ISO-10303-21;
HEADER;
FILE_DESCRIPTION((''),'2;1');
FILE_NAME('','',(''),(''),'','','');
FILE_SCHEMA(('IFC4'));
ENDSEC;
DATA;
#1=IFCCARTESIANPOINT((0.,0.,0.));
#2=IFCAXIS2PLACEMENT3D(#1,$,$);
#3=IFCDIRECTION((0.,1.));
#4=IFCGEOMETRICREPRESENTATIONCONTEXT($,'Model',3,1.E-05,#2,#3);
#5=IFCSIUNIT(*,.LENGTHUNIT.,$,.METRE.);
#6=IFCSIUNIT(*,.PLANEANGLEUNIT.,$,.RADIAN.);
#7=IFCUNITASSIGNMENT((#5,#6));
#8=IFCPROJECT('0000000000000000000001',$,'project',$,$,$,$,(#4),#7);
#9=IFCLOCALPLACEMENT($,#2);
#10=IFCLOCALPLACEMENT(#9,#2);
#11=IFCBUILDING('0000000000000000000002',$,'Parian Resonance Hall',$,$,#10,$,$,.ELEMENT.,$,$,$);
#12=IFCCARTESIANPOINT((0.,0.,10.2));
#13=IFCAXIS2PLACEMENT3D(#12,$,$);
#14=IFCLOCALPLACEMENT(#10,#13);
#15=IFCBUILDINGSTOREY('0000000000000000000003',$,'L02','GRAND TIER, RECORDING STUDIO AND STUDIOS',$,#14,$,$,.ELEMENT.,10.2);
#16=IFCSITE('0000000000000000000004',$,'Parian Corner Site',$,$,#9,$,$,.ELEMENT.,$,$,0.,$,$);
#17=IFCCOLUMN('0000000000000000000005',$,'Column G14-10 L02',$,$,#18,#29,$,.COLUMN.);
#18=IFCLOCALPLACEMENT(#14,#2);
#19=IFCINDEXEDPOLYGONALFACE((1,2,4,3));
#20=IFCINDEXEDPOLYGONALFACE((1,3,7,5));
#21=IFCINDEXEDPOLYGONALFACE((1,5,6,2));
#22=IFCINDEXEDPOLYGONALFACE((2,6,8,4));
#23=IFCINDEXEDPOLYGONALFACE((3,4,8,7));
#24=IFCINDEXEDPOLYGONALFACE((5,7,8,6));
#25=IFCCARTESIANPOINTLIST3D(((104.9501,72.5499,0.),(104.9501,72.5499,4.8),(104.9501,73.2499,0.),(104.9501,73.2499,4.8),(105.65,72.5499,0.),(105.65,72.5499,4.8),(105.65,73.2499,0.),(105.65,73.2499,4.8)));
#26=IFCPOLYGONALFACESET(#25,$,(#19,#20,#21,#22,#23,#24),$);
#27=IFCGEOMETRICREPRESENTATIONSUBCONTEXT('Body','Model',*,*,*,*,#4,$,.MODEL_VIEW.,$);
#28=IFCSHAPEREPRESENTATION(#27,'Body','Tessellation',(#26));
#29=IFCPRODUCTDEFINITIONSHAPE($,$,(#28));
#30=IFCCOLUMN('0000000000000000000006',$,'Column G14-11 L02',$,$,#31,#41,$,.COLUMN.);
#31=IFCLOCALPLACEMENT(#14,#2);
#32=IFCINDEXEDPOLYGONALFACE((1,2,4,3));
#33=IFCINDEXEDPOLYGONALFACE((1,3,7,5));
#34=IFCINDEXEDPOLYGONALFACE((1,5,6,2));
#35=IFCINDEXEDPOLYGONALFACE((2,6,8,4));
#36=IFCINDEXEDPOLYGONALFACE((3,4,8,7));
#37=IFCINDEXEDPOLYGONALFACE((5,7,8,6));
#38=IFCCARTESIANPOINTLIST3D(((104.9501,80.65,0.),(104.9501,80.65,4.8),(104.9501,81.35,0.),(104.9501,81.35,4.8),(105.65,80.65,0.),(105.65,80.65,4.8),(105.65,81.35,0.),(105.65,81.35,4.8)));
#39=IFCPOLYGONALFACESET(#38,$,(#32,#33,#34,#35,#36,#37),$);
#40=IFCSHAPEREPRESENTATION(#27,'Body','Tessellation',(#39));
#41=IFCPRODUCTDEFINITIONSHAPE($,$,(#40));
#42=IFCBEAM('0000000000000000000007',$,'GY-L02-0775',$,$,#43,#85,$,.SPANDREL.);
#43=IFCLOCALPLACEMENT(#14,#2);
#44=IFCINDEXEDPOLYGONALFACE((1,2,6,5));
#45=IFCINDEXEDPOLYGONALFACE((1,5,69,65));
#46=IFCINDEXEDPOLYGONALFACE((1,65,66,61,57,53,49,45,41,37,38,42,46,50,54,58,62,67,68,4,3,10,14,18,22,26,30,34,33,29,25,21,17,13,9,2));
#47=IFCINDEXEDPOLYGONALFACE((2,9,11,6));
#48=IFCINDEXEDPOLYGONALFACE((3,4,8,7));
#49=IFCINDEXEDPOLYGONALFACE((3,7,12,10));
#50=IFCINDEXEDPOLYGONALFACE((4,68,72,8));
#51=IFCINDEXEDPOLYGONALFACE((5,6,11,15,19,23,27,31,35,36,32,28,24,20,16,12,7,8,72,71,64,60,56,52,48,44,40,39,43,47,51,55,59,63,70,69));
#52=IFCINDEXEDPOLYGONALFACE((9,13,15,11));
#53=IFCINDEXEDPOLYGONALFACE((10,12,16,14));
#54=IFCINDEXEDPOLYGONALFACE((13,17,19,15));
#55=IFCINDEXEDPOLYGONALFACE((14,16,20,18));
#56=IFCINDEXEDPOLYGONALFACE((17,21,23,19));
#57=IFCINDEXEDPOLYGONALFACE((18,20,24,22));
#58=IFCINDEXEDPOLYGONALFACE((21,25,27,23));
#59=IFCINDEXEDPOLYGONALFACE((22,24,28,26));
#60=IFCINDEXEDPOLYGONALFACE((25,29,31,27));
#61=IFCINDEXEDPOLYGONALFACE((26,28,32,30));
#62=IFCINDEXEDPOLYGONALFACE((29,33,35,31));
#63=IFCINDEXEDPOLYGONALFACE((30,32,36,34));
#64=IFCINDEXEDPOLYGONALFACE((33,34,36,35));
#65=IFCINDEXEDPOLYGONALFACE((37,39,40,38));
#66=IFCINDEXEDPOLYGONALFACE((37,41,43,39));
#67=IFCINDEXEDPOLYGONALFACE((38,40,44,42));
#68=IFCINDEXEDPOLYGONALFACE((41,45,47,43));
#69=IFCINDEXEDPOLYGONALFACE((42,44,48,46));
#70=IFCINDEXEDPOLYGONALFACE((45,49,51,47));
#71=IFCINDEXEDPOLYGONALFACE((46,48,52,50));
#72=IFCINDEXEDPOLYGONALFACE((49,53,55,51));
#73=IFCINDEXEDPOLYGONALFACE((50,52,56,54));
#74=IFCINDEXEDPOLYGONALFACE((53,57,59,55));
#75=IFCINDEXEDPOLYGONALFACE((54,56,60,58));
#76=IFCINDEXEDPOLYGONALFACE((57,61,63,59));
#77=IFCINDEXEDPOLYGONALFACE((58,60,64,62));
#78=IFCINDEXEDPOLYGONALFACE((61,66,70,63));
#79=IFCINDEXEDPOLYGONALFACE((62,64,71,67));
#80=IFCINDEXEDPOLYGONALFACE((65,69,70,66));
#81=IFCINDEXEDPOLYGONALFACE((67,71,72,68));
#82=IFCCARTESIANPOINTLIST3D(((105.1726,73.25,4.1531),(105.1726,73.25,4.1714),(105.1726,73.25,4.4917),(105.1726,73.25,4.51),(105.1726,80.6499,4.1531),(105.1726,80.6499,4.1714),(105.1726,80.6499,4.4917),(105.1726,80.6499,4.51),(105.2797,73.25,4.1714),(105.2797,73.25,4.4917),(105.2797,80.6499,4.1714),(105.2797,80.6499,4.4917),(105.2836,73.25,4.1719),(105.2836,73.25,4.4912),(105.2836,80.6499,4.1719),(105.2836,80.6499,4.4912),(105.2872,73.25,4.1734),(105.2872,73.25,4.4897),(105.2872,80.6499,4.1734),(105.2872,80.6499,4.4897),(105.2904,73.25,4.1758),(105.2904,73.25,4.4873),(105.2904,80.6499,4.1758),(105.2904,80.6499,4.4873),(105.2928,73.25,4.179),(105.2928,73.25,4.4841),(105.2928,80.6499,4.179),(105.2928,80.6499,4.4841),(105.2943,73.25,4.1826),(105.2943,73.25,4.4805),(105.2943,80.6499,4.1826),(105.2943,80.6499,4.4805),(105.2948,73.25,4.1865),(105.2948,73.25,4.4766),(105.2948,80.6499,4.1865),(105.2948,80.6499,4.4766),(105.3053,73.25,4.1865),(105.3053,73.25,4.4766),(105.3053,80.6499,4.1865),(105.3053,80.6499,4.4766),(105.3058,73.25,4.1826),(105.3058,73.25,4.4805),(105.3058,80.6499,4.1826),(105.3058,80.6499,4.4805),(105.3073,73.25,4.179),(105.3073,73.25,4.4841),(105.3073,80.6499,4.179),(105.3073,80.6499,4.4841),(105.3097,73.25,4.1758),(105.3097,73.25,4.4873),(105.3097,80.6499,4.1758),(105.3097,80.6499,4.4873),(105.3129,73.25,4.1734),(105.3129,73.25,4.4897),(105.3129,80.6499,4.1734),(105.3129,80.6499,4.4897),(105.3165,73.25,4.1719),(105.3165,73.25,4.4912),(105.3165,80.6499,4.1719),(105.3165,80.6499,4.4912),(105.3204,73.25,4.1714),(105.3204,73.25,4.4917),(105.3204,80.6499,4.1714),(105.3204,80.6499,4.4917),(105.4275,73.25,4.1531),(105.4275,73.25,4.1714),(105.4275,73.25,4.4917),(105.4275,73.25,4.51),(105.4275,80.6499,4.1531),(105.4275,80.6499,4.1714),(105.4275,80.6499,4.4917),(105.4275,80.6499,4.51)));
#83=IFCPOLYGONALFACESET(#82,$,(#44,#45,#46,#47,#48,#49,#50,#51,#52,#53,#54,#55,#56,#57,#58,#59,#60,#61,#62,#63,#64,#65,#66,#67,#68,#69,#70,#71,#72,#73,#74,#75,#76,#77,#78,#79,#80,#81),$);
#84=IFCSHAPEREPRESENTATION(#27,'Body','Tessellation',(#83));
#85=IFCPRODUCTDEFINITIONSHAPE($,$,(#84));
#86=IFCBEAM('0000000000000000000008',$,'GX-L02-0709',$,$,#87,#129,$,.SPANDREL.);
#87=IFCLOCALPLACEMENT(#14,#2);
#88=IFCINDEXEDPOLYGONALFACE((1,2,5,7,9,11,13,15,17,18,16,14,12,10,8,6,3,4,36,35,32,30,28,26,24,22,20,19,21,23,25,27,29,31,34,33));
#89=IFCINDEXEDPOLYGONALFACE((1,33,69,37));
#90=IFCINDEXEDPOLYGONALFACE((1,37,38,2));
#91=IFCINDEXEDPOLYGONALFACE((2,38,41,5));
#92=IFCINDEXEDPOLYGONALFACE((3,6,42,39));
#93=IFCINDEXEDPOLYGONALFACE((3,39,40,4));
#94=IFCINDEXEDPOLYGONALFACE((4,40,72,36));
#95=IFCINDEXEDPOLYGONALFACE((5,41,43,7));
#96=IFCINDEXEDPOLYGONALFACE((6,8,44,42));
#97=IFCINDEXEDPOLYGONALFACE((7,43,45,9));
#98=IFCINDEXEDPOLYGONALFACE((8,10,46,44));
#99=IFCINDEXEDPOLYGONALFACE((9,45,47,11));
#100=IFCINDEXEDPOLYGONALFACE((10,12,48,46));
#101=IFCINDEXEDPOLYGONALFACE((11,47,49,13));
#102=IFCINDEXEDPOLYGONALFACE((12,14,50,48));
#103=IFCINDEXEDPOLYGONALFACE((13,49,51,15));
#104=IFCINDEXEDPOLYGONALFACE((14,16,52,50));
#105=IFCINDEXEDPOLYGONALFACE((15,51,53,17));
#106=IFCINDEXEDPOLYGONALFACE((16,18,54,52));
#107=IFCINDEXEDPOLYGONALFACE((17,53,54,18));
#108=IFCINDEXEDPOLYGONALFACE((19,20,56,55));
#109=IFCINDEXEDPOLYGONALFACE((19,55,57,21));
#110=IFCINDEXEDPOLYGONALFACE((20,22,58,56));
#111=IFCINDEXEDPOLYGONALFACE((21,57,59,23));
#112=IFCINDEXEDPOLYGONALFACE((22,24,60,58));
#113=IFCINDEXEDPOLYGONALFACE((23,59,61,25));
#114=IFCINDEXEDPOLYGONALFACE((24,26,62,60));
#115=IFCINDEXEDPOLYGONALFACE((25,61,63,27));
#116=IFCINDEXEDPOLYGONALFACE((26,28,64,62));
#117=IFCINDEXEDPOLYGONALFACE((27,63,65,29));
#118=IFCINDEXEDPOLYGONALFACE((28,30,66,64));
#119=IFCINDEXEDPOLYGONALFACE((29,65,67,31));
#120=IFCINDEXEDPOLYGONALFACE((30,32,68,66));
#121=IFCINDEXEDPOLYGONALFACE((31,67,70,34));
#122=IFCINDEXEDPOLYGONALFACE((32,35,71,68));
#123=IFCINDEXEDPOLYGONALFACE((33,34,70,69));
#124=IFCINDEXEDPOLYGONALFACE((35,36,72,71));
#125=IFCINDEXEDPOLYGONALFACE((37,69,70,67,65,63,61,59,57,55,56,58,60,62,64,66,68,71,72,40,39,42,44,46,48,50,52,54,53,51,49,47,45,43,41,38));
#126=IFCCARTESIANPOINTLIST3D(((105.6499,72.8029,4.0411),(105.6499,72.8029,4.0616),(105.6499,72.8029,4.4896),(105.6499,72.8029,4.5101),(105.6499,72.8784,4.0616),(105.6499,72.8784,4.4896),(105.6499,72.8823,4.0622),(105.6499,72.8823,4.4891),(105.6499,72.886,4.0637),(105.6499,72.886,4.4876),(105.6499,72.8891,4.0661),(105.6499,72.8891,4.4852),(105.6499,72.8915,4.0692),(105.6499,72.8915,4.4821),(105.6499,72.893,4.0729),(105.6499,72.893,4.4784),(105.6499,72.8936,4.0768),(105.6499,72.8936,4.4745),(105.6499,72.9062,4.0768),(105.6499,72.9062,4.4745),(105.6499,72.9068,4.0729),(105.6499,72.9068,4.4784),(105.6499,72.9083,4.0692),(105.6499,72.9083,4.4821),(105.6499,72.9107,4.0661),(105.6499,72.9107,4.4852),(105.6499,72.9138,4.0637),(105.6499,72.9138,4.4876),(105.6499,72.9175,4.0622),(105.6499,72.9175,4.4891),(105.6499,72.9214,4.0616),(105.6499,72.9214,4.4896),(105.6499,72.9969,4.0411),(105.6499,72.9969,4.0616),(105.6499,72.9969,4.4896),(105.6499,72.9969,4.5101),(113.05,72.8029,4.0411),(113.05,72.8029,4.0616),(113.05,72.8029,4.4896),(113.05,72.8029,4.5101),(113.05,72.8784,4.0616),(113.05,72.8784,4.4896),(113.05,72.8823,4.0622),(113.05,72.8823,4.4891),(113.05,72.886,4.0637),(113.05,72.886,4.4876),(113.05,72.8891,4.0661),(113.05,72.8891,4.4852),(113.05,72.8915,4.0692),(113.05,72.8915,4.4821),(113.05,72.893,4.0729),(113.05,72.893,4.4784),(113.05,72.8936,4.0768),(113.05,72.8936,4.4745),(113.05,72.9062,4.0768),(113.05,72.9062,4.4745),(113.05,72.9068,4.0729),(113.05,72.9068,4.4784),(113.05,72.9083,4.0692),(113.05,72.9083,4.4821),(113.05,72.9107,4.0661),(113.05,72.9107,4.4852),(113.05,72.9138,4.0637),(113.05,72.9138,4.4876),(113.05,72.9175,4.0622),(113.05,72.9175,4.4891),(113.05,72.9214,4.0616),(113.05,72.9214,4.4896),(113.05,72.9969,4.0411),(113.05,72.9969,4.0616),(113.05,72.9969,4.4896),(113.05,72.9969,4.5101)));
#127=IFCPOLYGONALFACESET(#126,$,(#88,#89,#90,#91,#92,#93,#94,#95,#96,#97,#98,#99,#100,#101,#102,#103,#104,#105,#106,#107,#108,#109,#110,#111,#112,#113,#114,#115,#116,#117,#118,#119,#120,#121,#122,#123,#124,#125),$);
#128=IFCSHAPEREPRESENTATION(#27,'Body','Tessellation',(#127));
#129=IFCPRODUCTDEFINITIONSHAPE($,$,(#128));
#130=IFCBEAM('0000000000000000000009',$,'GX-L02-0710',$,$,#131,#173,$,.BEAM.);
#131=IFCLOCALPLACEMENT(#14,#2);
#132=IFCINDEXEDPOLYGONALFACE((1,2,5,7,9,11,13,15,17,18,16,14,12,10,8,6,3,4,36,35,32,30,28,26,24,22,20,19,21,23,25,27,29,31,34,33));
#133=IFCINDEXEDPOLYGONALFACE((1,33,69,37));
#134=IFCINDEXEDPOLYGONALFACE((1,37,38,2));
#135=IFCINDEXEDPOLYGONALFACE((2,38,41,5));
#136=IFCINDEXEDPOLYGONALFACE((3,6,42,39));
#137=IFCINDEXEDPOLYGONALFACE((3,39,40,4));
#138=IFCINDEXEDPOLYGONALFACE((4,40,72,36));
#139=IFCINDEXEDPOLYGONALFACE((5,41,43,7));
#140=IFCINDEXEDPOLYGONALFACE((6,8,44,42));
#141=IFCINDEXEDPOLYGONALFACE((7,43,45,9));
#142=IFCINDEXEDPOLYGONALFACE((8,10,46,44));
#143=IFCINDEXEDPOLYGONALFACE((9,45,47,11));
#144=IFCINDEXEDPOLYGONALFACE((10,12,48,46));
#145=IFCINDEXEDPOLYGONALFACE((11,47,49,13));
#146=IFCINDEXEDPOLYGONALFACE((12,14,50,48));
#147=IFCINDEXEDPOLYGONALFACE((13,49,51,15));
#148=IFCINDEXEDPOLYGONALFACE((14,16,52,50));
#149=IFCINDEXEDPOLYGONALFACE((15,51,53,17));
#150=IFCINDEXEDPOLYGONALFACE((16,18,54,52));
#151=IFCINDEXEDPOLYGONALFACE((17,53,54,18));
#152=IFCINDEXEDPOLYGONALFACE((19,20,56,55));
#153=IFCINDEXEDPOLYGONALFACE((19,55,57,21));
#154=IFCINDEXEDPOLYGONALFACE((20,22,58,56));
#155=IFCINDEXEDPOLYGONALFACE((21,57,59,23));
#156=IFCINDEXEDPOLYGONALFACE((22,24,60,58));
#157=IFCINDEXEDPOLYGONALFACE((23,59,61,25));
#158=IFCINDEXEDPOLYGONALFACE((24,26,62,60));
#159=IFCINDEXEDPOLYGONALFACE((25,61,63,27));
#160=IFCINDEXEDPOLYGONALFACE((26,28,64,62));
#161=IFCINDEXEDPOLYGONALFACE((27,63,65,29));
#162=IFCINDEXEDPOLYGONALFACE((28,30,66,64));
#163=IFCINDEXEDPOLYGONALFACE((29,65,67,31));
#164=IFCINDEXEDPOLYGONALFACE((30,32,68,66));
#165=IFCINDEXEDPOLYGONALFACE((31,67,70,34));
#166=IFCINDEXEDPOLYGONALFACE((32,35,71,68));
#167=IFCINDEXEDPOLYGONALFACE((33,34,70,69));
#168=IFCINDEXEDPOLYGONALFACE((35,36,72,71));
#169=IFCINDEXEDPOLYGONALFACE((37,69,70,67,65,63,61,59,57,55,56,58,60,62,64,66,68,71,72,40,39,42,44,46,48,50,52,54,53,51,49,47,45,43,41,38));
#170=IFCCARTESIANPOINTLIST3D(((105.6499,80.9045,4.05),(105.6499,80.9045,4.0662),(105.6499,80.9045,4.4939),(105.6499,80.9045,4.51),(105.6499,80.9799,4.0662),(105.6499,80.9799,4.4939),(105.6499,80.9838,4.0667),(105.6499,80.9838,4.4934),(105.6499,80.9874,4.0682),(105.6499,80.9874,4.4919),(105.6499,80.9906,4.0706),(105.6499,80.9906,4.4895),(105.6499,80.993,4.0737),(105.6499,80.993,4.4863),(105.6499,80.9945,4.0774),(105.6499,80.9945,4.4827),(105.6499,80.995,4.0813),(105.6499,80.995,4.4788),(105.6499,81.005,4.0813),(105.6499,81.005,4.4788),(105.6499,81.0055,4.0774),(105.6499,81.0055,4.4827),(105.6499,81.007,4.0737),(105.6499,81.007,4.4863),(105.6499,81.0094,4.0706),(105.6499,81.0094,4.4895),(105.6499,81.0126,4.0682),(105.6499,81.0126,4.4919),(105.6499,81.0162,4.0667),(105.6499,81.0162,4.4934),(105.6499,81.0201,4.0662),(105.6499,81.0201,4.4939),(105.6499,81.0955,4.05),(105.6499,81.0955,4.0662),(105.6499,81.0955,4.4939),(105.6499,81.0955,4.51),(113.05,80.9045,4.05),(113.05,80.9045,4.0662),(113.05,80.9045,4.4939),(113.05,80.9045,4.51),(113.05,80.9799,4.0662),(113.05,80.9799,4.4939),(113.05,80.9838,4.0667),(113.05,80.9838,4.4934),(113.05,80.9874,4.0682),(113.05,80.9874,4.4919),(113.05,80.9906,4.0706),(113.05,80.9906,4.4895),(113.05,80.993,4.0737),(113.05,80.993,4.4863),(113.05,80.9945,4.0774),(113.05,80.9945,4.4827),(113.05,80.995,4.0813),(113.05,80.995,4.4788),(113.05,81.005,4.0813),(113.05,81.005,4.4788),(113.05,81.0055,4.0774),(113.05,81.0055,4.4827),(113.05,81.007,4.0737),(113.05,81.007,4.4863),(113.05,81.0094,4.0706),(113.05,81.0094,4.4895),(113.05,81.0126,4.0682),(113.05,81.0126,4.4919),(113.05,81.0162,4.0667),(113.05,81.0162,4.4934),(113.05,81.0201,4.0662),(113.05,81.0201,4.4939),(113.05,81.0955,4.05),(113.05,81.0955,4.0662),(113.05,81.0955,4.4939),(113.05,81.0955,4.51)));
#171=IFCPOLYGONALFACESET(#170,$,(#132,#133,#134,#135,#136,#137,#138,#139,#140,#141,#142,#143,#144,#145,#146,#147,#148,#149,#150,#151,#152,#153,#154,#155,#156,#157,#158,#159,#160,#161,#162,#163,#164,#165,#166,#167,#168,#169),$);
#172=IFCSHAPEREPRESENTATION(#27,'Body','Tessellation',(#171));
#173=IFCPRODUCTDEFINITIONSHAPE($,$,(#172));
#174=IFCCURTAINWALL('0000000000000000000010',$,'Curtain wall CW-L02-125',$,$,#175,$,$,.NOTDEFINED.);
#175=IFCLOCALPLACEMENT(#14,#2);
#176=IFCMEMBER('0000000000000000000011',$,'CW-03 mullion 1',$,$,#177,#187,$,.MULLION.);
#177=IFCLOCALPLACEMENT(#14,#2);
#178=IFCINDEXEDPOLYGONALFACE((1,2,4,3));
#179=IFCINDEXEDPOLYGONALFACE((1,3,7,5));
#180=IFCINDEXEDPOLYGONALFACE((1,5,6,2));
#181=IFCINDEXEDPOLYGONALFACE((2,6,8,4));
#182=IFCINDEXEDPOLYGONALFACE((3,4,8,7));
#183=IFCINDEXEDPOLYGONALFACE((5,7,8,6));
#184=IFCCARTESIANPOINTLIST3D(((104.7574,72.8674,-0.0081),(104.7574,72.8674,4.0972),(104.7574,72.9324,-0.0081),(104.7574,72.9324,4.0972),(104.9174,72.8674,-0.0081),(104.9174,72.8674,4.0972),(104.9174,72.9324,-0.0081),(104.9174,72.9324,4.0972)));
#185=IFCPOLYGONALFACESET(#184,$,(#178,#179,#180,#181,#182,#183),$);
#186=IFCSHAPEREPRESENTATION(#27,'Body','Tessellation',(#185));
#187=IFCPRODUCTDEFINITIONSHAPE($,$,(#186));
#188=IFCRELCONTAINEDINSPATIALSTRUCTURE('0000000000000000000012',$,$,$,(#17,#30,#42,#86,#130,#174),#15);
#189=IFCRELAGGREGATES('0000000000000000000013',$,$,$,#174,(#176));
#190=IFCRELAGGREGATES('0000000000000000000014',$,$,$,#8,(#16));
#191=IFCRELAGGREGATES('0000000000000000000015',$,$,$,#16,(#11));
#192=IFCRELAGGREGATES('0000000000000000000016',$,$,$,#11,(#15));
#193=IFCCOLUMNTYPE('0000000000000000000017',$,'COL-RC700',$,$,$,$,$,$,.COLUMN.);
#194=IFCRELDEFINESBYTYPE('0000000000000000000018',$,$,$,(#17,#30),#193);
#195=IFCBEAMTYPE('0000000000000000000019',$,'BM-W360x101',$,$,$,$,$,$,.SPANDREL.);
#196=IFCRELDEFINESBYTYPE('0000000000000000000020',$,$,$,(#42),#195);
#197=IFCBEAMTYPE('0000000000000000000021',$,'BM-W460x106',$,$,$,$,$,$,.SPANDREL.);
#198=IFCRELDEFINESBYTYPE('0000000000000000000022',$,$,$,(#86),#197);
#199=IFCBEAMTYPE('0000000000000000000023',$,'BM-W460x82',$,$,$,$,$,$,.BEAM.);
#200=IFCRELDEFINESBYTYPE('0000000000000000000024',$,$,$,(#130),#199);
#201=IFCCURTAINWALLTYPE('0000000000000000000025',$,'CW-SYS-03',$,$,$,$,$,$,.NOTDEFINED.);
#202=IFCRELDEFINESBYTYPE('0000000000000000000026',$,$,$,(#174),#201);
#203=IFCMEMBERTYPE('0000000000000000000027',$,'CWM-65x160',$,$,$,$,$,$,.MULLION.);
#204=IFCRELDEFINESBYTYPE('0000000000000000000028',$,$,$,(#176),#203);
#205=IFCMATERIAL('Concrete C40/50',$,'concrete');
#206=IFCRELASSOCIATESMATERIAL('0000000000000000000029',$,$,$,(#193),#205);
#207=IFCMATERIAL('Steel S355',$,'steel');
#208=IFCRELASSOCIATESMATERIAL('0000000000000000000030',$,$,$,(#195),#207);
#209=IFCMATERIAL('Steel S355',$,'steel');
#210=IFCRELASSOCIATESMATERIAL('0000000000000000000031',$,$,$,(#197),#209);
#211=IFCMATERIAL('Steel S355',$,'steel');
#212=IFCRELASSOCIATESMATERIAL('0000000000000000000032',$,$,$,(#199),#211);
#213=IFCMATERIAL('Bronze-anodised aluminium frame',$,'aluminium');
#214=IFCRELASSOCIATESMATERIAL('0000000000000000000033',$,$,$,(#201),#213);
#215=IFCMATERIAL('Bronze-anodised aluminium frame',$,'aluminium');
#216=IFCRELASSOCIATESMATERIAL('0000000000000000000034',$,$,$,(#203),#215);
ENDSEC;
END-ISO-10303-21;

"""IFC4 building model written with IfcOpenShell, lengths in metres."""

from ifc_helpers import new_model, si_unit, direction, frame, origin, origin_2d, place, context, subcontext, project, spatial, rectangle, i_section, extrude, material, material_profile, profile_set, type_object, element, aggregate, save


model = new_model("IFC4")

# Units and contexts
model_context = context("Model", 3, precision=1e-05, world=origin(), true_north=direction((0.0, 1.0)))
body_context = subcontext(model_context, "Body", "Model", "MODEL_VIEW")
ifc_project = project(units=[si_unit("LENGTHUNIT", "METRE"), si_unit("PLANEANGLEUNIT", "RADIAN")], contexts=[model_context])

# Site, building, storey
site_placement = place(None, origin())
site = spatial("IfcSite", under=ifc_project, at=site_placement, Name="Parian Corner Site", CompositionType="ELEMENT", RefElevation=0.0)
building_placement = place(site_placement, origin())
building = spatial("IfcBuilding", under=site, at=building_placement, Name="Parian Resonance Hall", CompositionType="ELEMENT")
storey_placement = place(building_placement, frame((0.0, 0.0, 10.2)))
storey = spatial("IfcBuildingStorey", under=building, at=storey_placement, Name="L02", Description="GRAND TIER, RECORDING STUDIO AND STUDIOS", CompositionType="ELEMENT", Elevation=10.2)

# Columns
ifc_material_1 = material(Name="Concrete C40/50", Category="concrete")
ifc_material_profile_1 = material_profile(ifc_material_1, rectangle(XDim=0.7, YDim=0.7, at=origin_2d()), Name="RC-COL-700x700")
ifc_profile_set_1 = profile_set([ifc_material_profile_1], Name="Concrete C40/50")
column_type = type_object("IfcColumnType", Name="COL-RC700", PredefinedType="COLUMN", material=ifc_profile_set_1)
for number, where, z_axis, x_axis, name in (
    (1, (105.3, 72.8999, 0.0), (0.0, 0.0, 1.0), (1.0, 0.0, 0.0), "Column G14-10 L02"),
    (2, (105.3, 81.0, 0.0), (0.0, 0.0, 1.0), (1.0, 0.0, 0.0), "Column G14-11 L02"),
):
    element("IfcColumn", number, at=place(storey_placement, frame(where, z_axis=z_axis, x_axis=x_axis)), inside=storey, type_object=column_type, Name=name, PredefinedType="COLUMN", context=body_context, shape_type="SweptSolid", body=[
        extrude(rectangle(XDim=0.7, YDim=0.7, at=origin_2d()), origin(), (0.0, 0.0, 1.0), 4.8),
    ])

# Beams
ifc_material_2 = material(Name="Steel S355", Category="steel")
ifc_material_profile_2 = material_profile(ifc_material_2, i_section(OverallWidth=0.2549, OverallDepth=0.3569, WebThickness=0.0105, FlangeThickness=0.0183, FilletRadius=0.0151, at=origin_2d()), Name="W360x101")
ifc_profile_set_2 = profile_set([ifc_material_profile_2], Name="Steel S355")
beam_type_1 = type_object("IfcBeamType", Name="BM-W360x101", PredefinedType="SPANDREL", material=ifc_profile_set_2)
beam_1_placement = place(storey_placement, frame((105.3, 73.25, 4.3315), z_axis=(0.0, 1.0, 0.0), x_axis=(-1.0, 0.0, 0.0)))
element("IfcBeam", 3, at=beam_1_placement, inside=storey, type_object=beam_type_1, Name="GY-L02-0775", PredefinedType="SPANDREL", context=body_context, shape_type="SweptSolid", body=[
    extrude(i_section(OverallWidth=0.2549, OverallDepth=0.3569, WebThickness=0.0105, FlangeThickness=0.0183, FilletRadius=0.0151, at=origin_2d()), origin(), (0.0, 0.0, 1.0), 7.3999),
])
ifc_material_3 = material(Name="Steel S355", Category="steel")
ifc_material_profile_3 = material_profile(ifc_material_3, i_section(OverallWidth=0.1941, OverallDepth=0.469, WebThickness=0.0127, FlangeThickness=0.0205, FilletRadius=0.0151, at=origin_2d()), Name="W460x106")
ifc_profile_set_3 = profile_set([ifc_material_profile_3], Name="Steel S355")
beam_type_2 = type_object("IfcBeamType", Name="BM-W460x106", PredefinedType="SPANDREL", material=ifc_profile_set_3)
beam_2_placement = place(storey_placement, frame((105.6499, 72.8999, 4.2756), z_axis=(1.0, 0.0, 0.0), x_axis=(0.0, 1.0, 0.0)))
element("IfcBeam", 4, at=beam_2_placement, inside=storey, type_object=beam_type_2, Name="GX-L02-0709", PredefinedType="SPANDREL", context=body_context, shape_type="SweptSolid", body=[
    extrude(i_section(OverallWidth=0.1941, OverallDepth=0.469, WebThickness=0.0127, FlangeThickness=0.0205, FilletRadius=0.0151, at=origin_2d()), origin(), (0.0, 0.0, 1.0), 7.4001),
])
ifc_material_4 = material(Name="Steel S355", Category="steel")
ifc_material_profile_4 = material_profile(ifc_material_4, i_section(OverallWidth=0.1909, OverallDepth=0.46, WebThickness=0.01, FlangeThickness=0.0161, FilletRadius=0.0151, at=origin_2d()), Name="W460x82")
ifc_profile_set_4 = profile_set([ifc_material_profile_4], Name="Steel S355")
beam_type_3 = type_object("IfcBeamType", Name="BM-W460x82", PredefinedType="BEAM", material=ifc_profile_set_4)
beam_3_placement = place(storey_placement, frame((105.6499, 81.0, 4.28), z_axis=(1.0, 0.0, 0.0), x_axis=(0.0, 1.0, 0.0)))
element("IfcBeam", 5, at=beam_3_placement, inside=storey, type_object=beam_type_3, Name="GX-L02-0710", PredefinedType="BEAM", context=body_context, shape_type="SweptSolid", body=[
    extrude(i_section(OverallWidth=0.1909, OverallDepth=0.46, WebThickness=0.01, FlangeThickness=0.0161, FilletRadius=0.0151, at=origin_2d()), origin(), (0.0, 0.0, 1.0), 7.4001),
])

# Curtain wall, member
ifc_material_5 = material(Name="Bronze-anodised aluminium frame", Category="aluminium")
curtain_wall_type_1 = type_object("IfcCurtainWallType", Name="CW-SYS-03", PredefinedType="NOTDEFINED", material=ifc_material_5)
curtain_wall_1_placement = place(storey_placement, origin())
curtain_wall_1 = element("IfcCurtainWall", 6, at=curtain_wall_1_placement, inside=storey, type_object=curtain_wall_type_1, Name="Curtain wall CW-L02-125", PredefinedType="NOTDEFINED")
ifc_material_6 = material(Name="Bronze-anodised aluminium frame", Category="aluminium")
ifc_material_profile_5 = material_profile(ifc_material_6, rectangle(XDim=0.0649, YDim=0.1599, at=origin_2d()), Name="CWM-65x160")
ifc_profile_set_5 = profile_set([ifc_material_profile_5], Name="Bronze-anodised aluminium frame")
member_type_1 = type_object("IfcMemberType", Name="CWM-65x160", PredefinedType="MULLION", material=ifc_profile_set_5)
member_1_placement = place(storey_placement, frame((104.8374, 72.8999, -0.0081), z_axis=(0.0, 0.0, 1.0), x_axis=(0.0, -1.0, 0.0)))
member_1 = element("IfcMember", 7, at=member_1_placement, type_object=member_type_1, Name="CW-03 mullion 1", PredefinedType="MULLION", context=body_context, shape_type="SweptSolid", body=[
    extrude(rectangle(XDim=0.0649, YDim=0.1599, at=origin_2d()), origin(), (0.0, 0.0, 1.0), 4.1052),
])

aggregate(curtain_wall_1, [member_1])

save(model, "model.ifc")
